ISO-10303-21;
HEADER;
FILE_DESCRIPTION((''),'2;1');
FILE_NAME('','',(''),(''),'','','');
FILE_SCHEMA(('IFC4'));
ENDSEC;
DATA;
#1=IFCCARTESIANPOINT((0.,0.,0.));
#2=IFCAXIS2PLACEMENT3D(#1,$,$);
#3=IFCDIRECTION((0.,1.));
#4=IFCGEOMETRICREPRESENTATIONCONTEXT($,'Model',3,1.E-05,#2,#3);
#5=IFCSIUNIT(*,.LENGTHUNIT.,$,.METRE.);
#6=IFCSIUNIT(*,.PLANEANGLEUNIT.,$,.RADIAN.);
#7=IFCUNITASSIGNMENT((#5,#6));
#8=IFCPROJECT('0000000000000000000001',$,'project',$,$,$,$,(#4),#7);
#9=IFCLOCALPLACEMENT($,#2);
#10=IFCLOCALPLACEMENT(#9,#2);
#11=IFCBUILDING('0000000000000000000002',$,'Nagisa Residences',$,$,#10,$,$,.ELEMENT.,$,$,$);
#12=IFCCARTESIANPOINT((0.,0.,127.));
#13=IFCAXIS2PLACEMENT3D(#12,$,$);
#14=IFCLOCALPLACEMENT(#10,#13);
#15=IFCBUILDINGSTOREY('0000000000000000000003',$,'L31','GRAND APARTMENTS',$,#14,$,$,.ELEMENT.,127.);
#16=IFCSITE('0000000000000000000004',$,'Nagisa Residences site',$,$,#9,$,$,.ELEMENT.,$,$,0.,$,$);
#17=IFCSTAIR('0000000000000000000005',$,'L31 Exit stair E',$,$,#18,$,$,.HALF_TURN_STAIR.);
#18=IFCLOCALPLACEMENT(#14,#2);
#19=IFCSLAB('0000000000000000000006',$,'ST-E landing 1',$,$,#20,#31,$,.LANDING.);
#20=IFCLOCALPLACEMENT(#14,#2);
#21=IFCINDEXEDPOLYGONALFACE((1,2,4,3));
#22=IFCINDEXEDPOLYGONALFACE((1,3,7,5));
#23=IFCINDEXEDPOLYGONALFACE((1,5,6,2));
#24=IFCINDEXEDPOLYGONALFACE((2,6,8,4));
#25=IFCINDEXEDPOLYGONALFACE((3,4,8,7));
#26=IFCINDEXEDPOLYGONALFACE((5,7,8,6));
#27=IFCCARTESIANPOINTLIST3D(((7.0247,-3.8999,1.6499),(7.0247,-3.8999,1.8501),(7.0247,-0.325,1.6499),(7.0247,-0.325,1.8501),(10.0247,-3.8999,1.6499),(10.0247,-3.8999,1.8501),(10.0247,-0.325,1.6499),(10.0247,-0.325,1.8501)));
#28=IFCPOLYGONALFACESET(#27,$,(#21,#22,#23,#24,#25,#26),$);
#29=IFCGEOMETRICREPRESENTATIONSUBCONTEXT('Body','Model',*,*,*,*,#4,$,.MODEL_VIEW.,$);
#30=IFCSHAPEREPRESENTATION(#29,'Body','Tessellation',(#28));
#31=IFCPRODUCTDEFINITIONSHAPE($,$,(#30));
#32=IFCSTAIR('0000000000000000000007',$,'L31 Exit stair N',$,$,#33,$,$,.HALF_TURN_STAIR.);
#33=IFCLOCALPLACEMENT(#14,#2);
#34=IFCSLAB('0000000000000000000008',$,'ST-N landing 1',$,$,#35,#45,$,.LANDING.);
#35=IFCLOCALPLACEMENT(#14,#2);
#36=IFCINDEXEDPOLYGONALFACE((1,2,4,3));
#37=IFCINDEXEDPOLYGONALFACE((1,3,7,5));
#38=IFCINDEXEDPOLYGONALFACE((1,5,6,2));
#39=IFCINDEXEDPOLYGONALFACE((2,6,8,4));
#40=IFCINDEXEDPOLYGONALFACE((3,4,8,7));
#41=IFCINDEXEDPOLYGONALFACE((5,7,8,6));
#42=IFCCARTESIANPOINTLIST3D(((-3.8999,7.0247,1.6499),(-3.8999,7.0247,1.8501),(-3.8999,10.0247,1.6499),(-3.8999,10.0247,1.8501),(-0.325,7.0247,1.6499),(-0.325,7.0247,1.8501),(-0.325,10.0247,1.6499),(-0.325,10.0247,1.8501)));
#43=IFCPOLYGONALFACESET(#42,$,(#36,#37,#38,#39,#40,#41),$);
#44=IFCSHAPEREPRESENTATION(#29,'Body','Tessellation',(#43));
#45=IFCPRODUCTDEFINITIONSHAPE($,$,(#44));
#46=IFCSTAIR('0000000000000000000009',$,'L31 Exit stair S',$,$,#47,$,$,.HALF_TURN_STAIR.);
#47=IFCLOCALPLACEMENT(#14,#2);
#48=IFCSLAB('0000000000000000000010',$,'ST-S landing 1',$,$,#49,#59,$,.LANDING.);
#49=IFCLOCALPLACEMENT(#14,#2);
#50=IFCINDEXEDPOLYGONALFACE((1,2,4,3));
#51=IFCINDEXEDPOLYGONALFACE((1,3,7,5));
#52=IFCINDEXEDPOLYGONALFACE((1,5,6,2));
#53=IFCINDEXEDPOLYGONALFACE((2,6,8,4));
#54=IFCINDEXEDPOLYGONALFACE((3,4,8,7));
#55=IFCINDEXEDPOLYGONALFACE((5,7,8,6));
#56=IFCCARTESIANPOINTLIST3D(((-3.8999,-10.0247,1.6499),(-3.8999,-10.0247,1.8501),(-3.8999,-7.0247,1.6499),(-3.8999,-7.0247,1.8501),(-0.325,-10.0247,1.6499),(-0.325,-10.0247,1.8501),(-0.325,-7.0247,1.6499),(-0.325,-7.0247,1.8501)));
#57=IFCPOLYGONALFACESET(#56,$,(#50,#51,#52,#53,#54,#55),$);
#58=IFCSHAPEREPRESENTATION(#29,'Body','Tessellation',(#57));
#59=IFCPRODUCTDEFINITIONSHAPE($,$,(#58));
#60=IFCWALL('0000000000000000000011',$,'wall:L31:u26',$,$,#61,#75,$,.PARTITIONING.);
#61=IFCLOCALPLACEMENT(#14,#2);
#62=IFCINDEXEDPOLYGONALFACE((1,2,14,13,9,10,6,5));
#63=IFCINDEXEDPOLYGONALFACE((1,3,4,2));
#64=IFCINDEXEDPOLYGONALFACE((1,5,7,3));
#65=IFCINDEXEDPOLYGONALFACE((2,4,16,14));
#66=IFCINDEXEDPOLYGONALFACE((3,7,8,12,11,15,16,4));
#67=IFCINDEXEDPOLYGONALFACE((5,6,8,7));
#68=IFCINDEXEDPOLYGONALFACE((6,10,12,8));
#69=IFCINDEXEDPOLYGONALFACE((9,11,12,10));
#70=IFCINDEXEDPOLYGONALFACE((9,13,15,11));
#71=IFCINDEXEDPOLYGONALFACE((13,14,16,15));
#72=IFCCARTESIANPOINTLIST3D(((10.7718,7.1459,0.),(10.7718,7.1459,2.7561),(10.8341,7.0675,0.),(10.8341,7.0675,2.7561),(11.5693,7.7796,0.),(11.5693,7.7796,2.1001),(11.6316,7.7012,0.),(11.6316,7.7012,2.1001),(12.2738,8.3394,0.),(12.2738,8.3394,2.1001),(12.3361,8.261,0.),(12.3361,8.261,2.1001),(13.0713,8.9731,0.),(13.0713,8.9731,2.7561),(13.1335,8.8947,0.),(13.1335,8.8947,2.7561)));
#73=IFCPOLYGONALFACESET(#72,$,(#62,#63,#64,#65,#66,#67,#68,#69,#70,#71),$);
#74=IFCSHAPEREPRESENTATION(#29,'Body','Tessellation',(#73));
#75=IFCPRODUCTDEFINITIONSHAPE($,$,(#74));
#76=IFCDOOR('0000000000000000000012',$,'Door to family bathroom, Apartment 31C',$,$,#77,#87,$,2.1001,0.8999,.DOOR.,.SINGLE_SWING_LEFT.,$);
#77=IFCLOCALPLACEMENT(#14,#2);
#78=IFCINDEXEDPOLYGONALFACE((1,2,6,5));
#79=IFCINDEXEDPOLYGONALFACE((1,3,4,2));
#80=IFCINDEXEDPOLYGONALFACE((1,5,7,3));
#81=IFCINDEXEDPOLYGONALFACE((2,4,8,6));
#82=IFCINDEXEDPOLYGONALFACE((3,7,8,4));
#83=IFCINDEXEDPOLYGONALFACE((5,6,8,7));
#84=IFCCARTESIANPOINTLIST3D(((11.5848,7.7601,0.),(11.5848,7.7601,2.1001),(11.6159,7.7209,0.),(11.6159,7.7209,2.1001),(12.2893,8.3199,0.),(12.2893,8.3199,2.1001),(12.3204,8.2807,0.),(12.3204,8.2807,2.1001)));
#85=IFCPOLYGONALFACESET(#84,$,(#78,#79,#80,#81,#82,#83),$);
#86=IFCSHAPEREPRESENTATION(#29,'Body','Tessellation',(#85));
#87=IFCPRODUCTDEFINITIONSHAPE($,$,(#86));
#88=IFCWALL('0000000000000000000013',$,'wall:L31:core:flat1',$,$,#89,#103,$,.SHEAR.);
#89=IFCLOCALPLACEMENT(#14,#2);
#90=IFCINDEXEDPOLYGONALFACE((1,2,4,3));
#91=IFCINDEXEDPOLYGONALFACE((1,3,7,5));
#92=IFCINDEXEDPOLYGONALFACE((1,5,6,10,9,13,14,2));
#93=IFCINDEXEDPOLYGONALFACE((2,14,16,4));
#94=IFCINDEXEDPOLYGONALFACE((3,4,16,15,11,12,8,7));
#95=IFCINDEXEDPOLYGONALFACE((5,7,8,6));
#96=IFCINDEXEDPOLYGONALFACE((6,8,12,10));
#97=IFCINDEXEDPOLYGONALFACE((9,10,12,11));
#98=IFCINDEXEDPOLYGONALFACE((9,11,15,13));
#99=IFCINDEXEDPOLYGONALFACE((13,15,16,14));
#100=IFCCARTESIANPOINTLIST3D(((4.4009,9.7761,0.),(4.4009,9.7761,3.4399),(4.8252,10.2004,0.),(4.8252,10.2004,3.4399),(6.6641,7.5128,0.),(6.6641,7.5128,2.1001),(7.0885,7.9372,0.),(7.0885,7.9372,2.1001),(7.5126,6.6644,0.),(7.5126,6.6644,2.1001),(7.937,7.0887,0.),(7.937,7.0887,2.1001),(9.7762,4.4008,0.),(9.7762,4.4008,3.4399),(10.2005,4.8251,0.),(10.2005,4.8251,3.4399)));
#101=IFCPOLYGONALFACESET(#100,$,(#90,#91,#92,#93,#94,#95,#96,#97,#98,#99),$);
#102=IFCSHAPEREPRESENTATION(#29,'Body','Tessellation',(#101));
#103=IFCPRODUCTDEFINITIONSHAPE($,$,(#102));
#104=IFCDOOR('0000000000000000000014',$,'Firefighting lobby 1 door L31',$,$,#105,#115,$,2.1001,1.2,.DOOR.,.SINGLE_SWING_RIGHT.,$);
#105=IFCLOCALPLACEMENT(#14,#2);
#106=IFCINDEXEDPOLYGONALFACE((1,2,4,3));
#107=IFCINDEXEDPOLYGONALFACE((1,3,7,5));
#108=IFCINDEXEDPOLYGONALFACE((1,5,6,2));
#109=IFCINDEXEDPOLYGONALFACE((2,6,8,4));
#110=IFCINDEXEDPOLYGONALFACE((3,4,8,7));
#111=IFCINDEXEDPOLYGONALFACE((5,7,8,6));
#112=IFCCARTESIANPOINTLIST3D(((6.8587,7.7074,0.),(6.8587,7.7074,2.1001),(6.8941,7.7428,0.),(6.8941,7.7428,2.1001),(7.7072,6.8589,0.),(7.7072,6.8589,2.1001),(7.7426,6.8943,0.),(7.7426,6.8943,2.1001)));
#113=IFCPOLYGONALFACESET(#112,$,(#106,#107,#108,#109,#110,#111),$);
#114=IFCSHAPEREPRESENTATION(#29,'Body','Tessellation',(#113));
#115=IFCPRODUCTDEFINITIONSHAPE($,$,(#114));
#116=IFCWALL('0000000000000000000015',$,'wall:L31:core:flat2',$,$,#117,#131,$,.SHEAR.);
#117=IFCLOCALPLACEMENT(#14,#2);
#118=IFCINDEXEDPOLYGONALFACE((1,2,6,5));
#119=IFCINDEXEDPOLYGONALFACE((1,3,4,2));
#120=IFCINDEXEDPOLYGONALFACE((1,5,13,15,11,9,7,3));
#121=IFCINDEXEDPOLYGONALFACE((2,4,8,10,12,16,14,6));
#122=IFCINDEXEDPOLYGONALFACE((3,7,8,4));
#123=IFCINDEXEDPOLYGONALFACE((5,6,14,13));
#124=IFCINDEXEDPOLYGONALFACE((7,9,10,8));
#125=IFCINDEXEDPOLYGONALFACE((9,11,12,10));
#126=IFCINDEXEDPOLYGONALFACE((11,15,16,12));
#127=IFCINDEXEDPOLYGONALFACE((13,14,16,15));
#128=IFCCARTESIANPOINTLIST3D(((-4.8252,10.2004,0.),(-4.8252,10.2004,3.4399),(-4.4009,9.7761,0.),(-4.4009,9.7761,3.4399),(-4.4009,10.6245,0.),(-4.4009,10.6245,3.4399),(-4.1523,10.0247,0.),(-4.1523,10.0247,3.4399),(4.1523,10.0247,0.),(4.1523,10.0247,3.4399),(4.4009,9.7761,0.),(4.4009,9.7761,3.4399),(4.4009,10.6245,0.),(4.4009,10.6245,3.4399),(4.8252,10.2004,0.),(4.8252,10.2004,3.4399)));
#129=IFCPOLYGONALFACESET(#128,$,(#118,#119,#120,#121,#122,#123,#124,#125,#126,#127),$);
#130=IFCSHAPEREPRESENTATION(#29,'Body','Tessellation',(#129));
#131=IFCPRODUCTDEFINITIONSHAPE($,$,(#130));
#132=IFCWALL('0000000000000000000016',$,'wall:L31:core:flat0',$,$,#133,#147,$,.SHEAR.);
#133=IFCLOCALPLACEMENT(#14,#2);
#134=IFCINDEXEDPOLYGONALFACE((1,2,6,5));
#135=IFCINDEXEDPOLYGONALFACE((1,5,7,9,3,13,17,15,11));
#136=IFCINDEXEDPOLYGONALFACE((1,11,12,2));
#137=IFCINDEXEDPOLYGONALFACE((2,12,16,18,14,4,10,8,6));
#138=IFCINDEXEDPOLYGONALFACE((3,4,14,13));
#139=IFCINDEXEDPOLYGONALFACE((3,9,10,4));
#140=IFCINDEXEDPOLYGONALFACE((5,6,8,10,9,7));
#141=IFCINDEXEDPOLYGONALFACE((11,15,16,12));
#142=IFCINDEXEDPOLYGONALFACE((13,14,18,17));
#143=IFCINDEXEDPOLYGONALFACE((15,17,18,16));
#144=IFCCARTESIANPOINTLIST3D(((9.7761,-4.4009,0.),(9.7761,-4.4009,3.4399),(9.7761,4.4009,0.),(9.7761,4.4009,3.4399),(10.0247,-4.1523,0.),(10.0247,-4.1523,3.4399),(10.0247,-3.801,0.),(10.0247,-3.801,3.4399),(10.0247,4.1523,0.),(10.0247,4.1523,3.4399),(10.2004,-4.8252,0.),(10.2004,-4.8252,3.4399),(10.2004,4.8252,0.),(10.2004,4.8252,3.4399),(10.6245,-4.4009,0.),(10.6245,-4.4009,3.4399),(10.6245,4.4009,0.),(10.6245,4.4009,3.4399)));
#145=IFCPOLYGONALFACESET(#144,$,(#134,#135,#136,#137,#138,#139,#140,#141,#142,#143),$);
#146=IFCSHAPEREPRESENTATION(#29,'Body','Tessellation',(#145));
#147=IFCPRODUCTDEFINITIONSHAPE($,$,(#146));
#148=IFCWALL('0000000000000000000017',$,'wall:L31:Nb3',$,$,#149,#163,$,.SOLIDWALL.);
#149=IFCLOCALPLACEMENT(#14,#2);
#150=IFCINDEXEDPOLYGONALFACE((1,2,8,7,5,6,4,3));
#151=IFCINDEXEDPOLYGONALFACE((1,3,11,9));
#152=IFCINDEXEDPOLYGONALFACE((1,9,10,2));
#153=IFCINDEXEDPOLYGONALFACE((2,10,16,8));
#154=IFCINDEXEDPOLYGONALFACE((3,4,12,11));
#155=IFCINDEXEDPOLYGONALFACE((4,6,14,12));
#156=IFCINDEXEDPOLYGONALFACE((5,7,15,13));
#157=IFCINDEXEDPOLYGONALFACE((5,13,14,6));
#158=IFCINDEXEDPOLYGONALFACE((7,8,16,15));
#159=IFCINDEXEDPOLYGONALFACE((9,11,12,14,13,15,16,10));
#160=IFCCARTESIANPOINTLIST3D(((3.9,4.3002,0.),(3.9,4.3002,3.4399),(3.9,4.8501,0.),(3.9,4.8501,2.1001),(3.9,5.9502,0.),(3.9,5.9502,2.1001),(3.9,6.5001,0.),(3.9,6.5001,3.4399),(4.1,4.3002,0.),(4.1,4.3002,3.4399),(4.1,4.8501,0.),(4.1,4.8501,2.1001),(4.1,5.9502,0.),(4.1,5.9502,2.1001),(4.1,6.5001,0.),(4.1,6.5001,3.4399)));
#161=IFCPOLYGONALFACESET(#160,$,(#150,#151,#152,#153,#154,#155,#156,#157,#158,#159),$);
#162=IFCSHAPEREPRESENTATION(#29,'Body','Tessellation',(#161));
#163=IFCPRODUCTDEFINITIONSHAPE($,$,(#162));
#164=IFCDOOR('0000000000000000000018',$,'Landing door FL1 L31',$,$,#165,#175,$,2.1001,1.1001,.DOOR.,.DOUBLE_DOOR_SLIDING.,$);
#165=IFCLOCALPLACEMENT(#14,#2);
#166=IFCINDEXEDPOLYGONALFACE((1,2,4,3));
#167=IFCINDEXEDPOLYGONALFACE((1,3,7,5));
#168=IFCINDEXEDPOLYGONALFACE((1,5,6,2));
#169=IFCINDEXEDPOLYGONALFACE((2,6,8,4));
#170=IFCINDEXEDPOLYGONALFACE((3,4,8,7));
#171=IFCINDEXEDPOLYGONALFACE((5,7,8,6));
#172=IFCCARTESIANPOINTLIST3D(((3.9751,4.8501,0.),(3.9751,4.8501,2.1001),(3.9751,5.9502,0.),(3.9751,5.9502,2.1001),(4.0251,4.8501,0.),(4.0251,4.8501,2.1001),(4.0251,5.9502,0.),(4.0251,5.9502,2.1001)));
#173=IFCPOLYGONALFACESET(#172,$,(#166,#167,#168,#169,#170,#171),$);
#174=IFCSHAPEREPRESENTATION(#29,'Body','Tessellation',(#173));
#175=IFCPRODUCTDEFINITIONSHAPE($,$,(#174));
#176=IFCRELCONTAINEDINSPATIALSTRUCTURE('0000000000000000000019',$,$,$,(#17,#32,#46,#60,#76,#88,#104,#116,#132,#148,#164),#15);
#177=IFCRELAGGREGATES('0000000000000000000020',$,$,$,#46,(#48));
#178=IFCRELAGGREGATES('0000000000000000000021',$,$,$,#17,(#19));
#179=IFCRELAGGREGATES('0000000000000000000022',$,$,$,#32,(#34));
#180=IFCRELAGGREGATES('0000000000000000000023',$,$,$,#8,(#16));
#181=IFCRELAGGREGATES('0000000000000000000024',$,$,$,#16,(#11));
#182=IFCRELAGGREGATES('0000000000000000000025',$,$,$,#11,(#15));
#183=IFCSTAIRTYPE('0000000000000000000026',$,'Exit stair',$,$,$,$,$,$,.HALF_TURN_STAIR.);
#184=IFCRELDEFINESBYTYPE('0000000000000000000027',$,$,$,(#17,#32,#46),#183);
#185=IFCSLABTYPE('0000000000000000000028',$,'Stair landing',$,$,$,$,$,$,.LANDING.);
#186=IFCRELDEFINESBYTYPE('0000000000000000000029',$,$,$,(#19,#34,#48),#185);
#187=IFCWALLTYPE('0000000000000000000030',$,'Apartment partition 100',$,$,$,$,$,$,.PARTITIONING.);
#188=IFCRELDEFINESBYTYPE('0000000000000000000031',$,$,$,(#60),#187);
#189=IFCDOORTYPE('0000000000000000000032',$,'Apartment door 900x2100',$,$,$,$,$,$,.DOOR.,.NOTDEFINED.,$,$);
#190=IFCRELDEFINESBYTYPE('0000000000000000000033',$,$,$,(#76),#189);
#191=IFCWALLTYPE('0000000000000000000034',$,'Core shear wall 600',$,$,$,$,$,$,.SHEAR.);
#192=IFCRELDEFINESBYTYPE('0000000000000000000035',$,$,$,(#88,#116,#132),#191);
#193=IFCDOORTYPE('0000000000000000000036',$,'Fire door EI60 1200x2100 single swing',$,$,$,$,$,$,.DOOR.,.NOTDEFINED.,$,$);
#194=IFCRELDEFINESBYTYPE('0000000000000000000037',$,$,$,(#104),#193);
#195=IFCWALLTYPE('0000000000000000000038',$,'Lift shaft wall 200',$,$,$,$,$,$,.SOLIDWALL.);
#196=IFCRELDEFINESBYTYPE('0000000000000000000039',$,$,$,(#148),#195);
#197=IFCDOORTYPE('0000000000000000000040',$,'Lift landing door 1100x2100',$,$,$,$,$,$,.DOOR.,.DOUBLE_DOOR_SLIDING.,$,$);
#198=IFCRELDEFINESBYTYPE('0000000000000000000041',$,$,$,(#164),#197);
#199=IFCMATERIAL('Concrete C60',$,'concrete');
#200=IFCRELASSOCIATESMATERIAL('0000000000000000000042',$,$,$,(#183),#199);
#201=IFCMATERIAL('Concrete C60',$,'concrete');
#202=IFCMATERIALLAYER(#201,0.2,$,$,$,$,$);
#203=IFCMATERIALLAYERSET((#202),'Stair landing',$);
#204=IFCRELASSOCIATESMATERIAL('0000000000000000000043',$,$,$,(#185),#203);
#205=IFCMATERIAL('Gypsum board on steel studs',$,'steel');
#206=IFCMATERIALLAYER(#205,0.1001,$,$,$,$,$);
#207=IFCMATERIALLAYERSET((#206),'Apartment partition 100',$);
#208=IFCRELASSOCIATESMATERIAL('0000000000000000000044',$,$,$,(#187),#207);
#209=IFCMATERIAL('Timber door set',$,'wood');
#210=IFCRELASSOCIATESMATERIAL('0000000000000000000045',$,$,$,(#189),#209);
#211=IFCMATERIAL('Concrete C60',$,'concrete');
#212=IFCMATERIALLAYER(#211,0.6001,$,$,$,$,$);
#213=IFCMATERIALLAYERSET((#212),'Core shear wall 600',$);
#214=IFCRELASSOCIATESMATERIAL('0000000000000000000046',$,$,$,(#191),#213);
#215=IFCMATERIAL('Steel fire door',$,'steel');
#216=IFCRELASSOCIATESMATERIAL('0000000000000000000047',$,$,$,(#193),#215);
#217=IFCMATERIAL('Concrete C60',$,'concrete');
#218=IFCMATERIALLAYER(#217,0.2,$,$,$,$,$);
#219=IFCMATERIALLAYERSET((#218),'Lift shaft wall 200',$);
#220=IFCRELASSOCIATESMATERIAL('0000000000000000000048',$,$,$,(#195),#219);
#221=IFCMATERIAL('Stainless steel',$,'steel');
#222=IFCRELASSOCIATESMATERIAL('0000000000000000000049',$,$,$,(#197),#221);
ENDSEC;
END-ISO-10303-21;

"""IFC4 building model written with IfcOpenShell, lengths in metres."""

from ifc_helpers import new_model, si_unit, direction, frame, frame_2d, origin, place, context, subcontext, project, spatial, polyline, rectangle, outline, extrude, material, layer, layer_set, type_object, element, fill, aggregate, save


model = new_model("IFC4")

# Units and contexts
model_context = context("Model", 3, precision=1e-05, world=origin(), true_north=direction((0.0, 1.0)))
body_context = subcontext(model_context, "Body", "Model", "MODEL_VIEW")
ifc_project = project(units=[si_unit("LENGTHUNIT", "METRE"), si_unit("PLANEANGLEUNIT", "RADIAN")], contexts=[model_context])

# Site, building, storey
site_placement = place(None, origin())
site = spatial("IfcSite", under=ifc_project, at=site_placement, Name="Nagisa Residences site", CompositionType="ELEMENT", RefElevation=0.0)
building_placement = place(site_placement, origin())
building = spatial("IfcBuilding", under=site, at=building_placement, Name="Nagisa Residences", CompositionType="ELEMENT")
storey_placement = place(building_placement, frame((0.0, 0.0, 127.0)))
storey = spatial("IfcBuildingStorey", under=building, at=storey_placement, Name="L31", Description="GRAND APARTMENTS", CompositionType="ELEMENT", Elevation=127.0)

# Stairs, slabs
ifc_material_1 = material(Name="Concrete C60", Category="concrete")
stair_type = type_object("IfcStairType", Name="Exit stair", PredefinedType="HALF_TURN_STAIR", material=ifc_material_1)
stair_1_placement = place(storey_placement, origin())
stair_1 = element("IfcStair", 1, at=stair_1_placement, inside=storey, type_object=stair_type, Name="L31 Exit stair E", PredefinedType="HALF_TURN_STAIR")
ifc_material_2 = material(Name="Concrete C60", Category="concrete")
ifc_layer_1 = layer(ifc_material_2, 0.2)
ifc_layer_set_1 = layer_set([ifc_layer_1], Name="Stair landing")
slab_type = type_object("IfcSlabType", Name="Stair landing", PredefinedType="LANDING", material=ifc_layer_set_1)
slab_1_placement = place(storey_placement, frame((0.0, 0.0, 1.6499)))
slab_1 = element("IfcSlab", 2, at=slab_1_placement, type_object=slab_type, Name="ST-E landing 1", PredefinedType="LANDING", context=body_context, shape_type="SweptSolid", body=[
    extrude(outline(polyline([(7.0247, -0.325), (7.0247, -3.8999), (10.0247, -3.8999), (10.0247, -0.325), (7.0247, -0.325)])), origin(), (0.0, 0.0, 1.0), 0.2002),
])
stair_2_placement = place(storey_placement, origin())
stair_2 = element("IfcStair", 3, at=stair_2_placement, inside=storey, type_object=stair_type, Name="L31 Exit stair N", PredefinedType="HALF_TURN_STAIR")
slab_2_placement = place(storey_placement, frame((0.0, 0.0, 1.6499)))
slab_2 = element("IfcSlab", 4, at=slab_2_placement, type_object=slab_type, Name="ST-N landing 1", PredefinedType="LANDING", context=body_context, shape_type="SweptSolid", body=[
    extrude(outline(polyline([(-0.325, 10.0247), (-3.8999, 10.0247), (-3.8999, 7.0247), (-0.325, 7.0247), (-0.325, 10.0247)])), origin(), (0.0, 0.0, 1.0), 0.2002),
])
stair_3_placement = place(storey_placement, origin())
stair_3 = element("IfcStair", 5, at=stair_3_placement, inside=storey, type_object=stair_type, Name="L31 Exit stair S", PredefinedType="HALF_TURN_STAIR")
slab_3_placement = place(storey_placement, frame((0.0, 0.0, 1.6499)))
slab_3 = element("IfcSlab", 6, at=slab_3_placement, type_object=slab_type, Name="ST-S landing 1", PredefinedType="LANDING", context=body_context, shape_type="SweptSolid", body=[
    extrude(outline(polyline([(-0.325, -7.0247), (-3.8999, -7.0247), (-3.8999, -10.0247), (-0.325, -10.0247), (-0.325, -7.0247)])), origin(), (0.0, 0.0, 1.0), 0.2002),
])
aggregate(stair_3, [slab_3])

# Walls, openings, doors
ifc_material_3 = material(Name="Gypsum board on steel studs", Category="steel")
ifc_layer_2 = layer(ifc_material_3, 0.1001)
ifc_layer_set_2 = layer_set([ifc_layer_2], Name="Apartment partition 100")
wall_type_1 = type_object("IfcWallType", Name="Apartment partition 100", PredefinedType="PARTITIONING", material=ifc_layer_set_2)
wall_1_placement = place(storey_placement, frame((10.803, 7.1067, 0.0), z_axis=(0.0, 0.0, 1.0), x_axis=(0.782908, 0.622137, 0.0)))
wall_1 = element("IfcWall", 7, at=wall_1_placement, inside=storey, type_object=wall_type_1, Name="wall:L31:u26", PredefinedType="PARTITIONING", context=body_context, shape_type="SweptSolid", body=[
    extrude(rectangle(XDim=2.937, YDim=0.1001, at=frame_2d((1.4685, 0.0))), origin(), (0.0, 0.0, 1.0), 2.7561),
])
opening_1_placement = place(wall_1_placement, frame((1.0186, 0.0, 0.0)))
opening_1 = element("IfcOpeningElement", 8, at=opening_1_placement, cuts=wall_1, PredefinedType="OPENING", context=body_context, shape_type="SweptSolid", body=[
    extrude(rectangle(XDim=0.8999, YDim=2.1001, at=frame_2d((0.45, 1.05))), frame((0.0, 0.0601, 0.0), z_axis=(0.0, -1.0, 0.0), x_axis=(1.0, 0.0, 0.0)), (0.0, 0.0, 1.0), 0.1201),
])
ifc_material_4 = material(Name="Timber door set", Category="wood")
door_type_1 = type_object("IfcDoorType", Name="Apartment door 900x2100", OperationType="NOTDEFINED", PredefinedType="DOOR", material=ifc_material_4)
door_1_placement = place(opening_1_placement, frame((0.8999, 0.0, 0.0), x_axis=(-1.0, 0.0, 0.0)))
door_1 = element("IfcDoor", 9, at=door_1_placement, inside=storey, type_object=door_type_1, Name="Door to family bathroom, Apartment 31C", OperationType="SINGLE_SWING_LEFT", OverallHeight=2.1001, OverallWidth=0.8999, PredefinedType="DOOR", context=body_context, shape_type="SweptSolid", body=[
    extrude(rectangle(XDim=0.8999, YDim=2.1001, at=frame_2d((0.45, 1.05))), frame((0.0, 0.0249, 0.0), z_axis=(0.0, -1.0, 0.0), x_axis=(1.0, 0.0, 0.0)), (0.0, 0.0, 1.0), 0.05),
])
fill(opening_1, door_1)
ifc_material_5 = material(Name="Concrete C60", Category="concrete")
ifc_layer_3 = layer(ifc_material_5, 0.6001)
ifc_layer_set_3 = layer_set([ifc_layer_3], Name="Core shear wall 600")
wall_type_2 = type_object("IfcWallType", Name="Core shear wall 600", PredefinedType="SHEAR", material=ifc_layer_set_3)
wall_2_placement = place(storey_placement, frame((9.9883, 4.613, 0.0), z_axis=(0.0, 0.0, 1.0), x_axis=(-0.707107, 0.707107, 0.0)))
wall_2 = element("IfcWall", 10, at=wall_2_placement, inside=storey, type_object=wall_type_2, Name="wall:L31:core:flat1", PredefinedType="SHEAR", context=body_context, shape_type="SweptSolid", body=[
    extrude(rectangle(XDim=7.6018, YDim=0.6001, at=frame_2d((3.8008, 0.0))), origin(), (0.0, 0.0, 1.0), 3.4399),
])
opening_2_placement = place(wall_2_placement, frame((3.2009, 0.0, 0.0)))
opening_2 = element("IfcOpeningElement", 11, at=opening_2_placement, cuts=wall_2, PredefinedType="OPENING", context=body_context, shape_type="SweptSolid", body=[
    extrude(rectangle(XDim=1.2, YDim=2.1001, at=frame_2d((0.6001, 1.05))), frame((0.0, 0.3101, 0.0), z_axis=(0.0, -1.0, 0.0), x_axis=(1.0, 0.0, 0.0)), (0.0, 0.0, 1.0), 0.6201),
])
ifc_material_6 = material(Name="Steel fire door", Category="steel")
door_type_2 = type_object("IfcDoorType", Name="Fire door EI60 1200x2100 single swing", OperationType="NOTDEFINED", PredefinedType="DOOR", material=ifc_material_6)
door_2_placement = place(opening_2_placement, origin())
door_2 = element("IfcDoor", 12, at=door_2_placement, inside=storey, type_object=door_type_2, Name="Firefighting lobby 1 door L31", OperationType="SINGLE_SWING_RIGHT", OverallHeight=2.1001, OverallWidth=1.2, PredefinedType="DOOR", context=body_context, shape_type="SweptSolid", body=[
    extrude(rectangle(XDim=1.2, YDim=2.1001, at=frame_2d((0.6001, 1.05))), frame((0.0, 0.0249, 0.0), z_axis=(0.0, -1.0, 0.0), x_axis=(1.0, 0.0, 0.0)), (0.0, 0.0, 1.0), 0.05),
])
fill(opening_2, door_2)

# Walls
wall_3_placement = place(storey_placement, origin())
element("IfcWall", 13, at=wall_3_placement, inside=storey, type_object=wall_type_2, Name="wall:L31:core:flat2", PredefinedType="SHEAR", context=body_context, shape_type="SweptSolid", body=[
    extrude(outline(polyline([(-4.1523, 10.0247), (-4.4009, 9.7761), (-4.8252, 10.2004), (-4.4009, 10.6245), (4.4009, 10.6245), (4.8252, 10.2004), (4.4009, 9.7761), (4.1523, 10.0247), (-4.1523, 10.0247)])), origin(), (0.0, 0.0, 1.0), 3.4399),
])
wall_4_placement = place(storey_placement, origin())
element("IfcWall", 14, at=wall_4_placement, inside=storey, type_object=wall_type_2, Name="wall:L31:core:flat0", PredefinedType="SHEAR", context=body_context, shape_type="SweptSolid", body=[
    extrude(outline(polyline([(9.7761, -4.4009), (10.0247, -4.1523), (10.0247, -3.801), (10.0247, 4.1523), (9.7761, 4.4009), (10.2004, 4.8252), (10.6245, 4.4009), (10.6245, -4.4009), (10.2004, -4.8252), (9.7761, -4.4009)])), origin(), (0.0, 0.0, 1.0), 3.4399),
])

# Wall, opening, door
ifc_material_7 = material(Name="Concrete C60", Category="concrete")
ifc_layer_4 = layer(ifc_material_7, 0.2)
ifc_layer_set_4 = layer_set([ifc_layer_4], Name="Lift shaft wall 200")
wall_type_3 = type_object("IfcWallType", Name="Lift shaft wall 200", PredefinedType="SOLIDWALL", material=ifc_layer_set_4)
wall_5_placement = place(storey_placement, frame((4.0, 4.3, 0.0), z_axis=(0.0, 0.0, 1.0), x_axis=(0.0, 1.0, 0.0)))
wall_5 = element("IfcWall", 15, at=wall_5_placement, inside=storey, type_object=wall_type_3, Name="wall:L31:Nb3", PredefinedType="SOLIDWALL", context=body_context, shape_type="SweptSolid", body=[
    extrude(rectangle(XDim=2.2, YDim=0.2, at=frame_2d((1.1001, 0.0))), origin(), (0.0, 0.0, 1.0), 3.4399),
])
opening_3_placement = place(wall_5_placement, frame((0.55, 0.0, 0.0)))
opening_3 = element("IfcOpeningElement", 16, at=opening_3_placement, cuts=wall_5, PredefinedType="OPENING", context=body_context, shape_type="SweptSolid", body=[
    extrude(rectangle(XDim=1.1001, YDim=2.1001, at=frame_2d((0.55, 1.05))), frame((0.0, 0.1099, 0.0), z_axis=(0.0, -1.0, 0.0), x_axis=(1.0, 0.0, 0.0)), (0.0, 0.0, 1.0), 0.22),
])
ifc_material_8 = material(Name="Stainless steel", Category="steel")
door_type_3 = type_object("IfcDoorType", Name="Lift landing door 1100x2100", OperationType="DOUBLE_DOOR_SLIDING", PredefinedType="DOOR", material=ifc_material_8)
door_3_placement = place(opening_3_placement, origin())
door_3 = element("IfcDoor", 17, at=door_3_placement, inside=storey, type_object=door_type_3, Name="Landing door FL1 L31", OperationType="DOUBLE_DOOR_SLIDING", OverallHeight=2.1001, OverallWidth=1.1001, PredefinedType="DOOR", context=body_context, shape_type="SweptSolid", body=[
    extrude(rectangle(XDim=1.1001, YDim=2.1001, at=frame_2d((0.55, 1.05))), frame((0.0, 0.0249, 0.0), z_axis=(0.0, -1.0, 0.0), x_axis=(1.0, 0.0, 0.0)), (0.0, 0.0, 1.0), 0.05),
])
fill(opening_3, door_3)

aggregate(stair_1, [slab_1])
aggregate(stair_2, [slab_2])

save(model, "model.ifc")
